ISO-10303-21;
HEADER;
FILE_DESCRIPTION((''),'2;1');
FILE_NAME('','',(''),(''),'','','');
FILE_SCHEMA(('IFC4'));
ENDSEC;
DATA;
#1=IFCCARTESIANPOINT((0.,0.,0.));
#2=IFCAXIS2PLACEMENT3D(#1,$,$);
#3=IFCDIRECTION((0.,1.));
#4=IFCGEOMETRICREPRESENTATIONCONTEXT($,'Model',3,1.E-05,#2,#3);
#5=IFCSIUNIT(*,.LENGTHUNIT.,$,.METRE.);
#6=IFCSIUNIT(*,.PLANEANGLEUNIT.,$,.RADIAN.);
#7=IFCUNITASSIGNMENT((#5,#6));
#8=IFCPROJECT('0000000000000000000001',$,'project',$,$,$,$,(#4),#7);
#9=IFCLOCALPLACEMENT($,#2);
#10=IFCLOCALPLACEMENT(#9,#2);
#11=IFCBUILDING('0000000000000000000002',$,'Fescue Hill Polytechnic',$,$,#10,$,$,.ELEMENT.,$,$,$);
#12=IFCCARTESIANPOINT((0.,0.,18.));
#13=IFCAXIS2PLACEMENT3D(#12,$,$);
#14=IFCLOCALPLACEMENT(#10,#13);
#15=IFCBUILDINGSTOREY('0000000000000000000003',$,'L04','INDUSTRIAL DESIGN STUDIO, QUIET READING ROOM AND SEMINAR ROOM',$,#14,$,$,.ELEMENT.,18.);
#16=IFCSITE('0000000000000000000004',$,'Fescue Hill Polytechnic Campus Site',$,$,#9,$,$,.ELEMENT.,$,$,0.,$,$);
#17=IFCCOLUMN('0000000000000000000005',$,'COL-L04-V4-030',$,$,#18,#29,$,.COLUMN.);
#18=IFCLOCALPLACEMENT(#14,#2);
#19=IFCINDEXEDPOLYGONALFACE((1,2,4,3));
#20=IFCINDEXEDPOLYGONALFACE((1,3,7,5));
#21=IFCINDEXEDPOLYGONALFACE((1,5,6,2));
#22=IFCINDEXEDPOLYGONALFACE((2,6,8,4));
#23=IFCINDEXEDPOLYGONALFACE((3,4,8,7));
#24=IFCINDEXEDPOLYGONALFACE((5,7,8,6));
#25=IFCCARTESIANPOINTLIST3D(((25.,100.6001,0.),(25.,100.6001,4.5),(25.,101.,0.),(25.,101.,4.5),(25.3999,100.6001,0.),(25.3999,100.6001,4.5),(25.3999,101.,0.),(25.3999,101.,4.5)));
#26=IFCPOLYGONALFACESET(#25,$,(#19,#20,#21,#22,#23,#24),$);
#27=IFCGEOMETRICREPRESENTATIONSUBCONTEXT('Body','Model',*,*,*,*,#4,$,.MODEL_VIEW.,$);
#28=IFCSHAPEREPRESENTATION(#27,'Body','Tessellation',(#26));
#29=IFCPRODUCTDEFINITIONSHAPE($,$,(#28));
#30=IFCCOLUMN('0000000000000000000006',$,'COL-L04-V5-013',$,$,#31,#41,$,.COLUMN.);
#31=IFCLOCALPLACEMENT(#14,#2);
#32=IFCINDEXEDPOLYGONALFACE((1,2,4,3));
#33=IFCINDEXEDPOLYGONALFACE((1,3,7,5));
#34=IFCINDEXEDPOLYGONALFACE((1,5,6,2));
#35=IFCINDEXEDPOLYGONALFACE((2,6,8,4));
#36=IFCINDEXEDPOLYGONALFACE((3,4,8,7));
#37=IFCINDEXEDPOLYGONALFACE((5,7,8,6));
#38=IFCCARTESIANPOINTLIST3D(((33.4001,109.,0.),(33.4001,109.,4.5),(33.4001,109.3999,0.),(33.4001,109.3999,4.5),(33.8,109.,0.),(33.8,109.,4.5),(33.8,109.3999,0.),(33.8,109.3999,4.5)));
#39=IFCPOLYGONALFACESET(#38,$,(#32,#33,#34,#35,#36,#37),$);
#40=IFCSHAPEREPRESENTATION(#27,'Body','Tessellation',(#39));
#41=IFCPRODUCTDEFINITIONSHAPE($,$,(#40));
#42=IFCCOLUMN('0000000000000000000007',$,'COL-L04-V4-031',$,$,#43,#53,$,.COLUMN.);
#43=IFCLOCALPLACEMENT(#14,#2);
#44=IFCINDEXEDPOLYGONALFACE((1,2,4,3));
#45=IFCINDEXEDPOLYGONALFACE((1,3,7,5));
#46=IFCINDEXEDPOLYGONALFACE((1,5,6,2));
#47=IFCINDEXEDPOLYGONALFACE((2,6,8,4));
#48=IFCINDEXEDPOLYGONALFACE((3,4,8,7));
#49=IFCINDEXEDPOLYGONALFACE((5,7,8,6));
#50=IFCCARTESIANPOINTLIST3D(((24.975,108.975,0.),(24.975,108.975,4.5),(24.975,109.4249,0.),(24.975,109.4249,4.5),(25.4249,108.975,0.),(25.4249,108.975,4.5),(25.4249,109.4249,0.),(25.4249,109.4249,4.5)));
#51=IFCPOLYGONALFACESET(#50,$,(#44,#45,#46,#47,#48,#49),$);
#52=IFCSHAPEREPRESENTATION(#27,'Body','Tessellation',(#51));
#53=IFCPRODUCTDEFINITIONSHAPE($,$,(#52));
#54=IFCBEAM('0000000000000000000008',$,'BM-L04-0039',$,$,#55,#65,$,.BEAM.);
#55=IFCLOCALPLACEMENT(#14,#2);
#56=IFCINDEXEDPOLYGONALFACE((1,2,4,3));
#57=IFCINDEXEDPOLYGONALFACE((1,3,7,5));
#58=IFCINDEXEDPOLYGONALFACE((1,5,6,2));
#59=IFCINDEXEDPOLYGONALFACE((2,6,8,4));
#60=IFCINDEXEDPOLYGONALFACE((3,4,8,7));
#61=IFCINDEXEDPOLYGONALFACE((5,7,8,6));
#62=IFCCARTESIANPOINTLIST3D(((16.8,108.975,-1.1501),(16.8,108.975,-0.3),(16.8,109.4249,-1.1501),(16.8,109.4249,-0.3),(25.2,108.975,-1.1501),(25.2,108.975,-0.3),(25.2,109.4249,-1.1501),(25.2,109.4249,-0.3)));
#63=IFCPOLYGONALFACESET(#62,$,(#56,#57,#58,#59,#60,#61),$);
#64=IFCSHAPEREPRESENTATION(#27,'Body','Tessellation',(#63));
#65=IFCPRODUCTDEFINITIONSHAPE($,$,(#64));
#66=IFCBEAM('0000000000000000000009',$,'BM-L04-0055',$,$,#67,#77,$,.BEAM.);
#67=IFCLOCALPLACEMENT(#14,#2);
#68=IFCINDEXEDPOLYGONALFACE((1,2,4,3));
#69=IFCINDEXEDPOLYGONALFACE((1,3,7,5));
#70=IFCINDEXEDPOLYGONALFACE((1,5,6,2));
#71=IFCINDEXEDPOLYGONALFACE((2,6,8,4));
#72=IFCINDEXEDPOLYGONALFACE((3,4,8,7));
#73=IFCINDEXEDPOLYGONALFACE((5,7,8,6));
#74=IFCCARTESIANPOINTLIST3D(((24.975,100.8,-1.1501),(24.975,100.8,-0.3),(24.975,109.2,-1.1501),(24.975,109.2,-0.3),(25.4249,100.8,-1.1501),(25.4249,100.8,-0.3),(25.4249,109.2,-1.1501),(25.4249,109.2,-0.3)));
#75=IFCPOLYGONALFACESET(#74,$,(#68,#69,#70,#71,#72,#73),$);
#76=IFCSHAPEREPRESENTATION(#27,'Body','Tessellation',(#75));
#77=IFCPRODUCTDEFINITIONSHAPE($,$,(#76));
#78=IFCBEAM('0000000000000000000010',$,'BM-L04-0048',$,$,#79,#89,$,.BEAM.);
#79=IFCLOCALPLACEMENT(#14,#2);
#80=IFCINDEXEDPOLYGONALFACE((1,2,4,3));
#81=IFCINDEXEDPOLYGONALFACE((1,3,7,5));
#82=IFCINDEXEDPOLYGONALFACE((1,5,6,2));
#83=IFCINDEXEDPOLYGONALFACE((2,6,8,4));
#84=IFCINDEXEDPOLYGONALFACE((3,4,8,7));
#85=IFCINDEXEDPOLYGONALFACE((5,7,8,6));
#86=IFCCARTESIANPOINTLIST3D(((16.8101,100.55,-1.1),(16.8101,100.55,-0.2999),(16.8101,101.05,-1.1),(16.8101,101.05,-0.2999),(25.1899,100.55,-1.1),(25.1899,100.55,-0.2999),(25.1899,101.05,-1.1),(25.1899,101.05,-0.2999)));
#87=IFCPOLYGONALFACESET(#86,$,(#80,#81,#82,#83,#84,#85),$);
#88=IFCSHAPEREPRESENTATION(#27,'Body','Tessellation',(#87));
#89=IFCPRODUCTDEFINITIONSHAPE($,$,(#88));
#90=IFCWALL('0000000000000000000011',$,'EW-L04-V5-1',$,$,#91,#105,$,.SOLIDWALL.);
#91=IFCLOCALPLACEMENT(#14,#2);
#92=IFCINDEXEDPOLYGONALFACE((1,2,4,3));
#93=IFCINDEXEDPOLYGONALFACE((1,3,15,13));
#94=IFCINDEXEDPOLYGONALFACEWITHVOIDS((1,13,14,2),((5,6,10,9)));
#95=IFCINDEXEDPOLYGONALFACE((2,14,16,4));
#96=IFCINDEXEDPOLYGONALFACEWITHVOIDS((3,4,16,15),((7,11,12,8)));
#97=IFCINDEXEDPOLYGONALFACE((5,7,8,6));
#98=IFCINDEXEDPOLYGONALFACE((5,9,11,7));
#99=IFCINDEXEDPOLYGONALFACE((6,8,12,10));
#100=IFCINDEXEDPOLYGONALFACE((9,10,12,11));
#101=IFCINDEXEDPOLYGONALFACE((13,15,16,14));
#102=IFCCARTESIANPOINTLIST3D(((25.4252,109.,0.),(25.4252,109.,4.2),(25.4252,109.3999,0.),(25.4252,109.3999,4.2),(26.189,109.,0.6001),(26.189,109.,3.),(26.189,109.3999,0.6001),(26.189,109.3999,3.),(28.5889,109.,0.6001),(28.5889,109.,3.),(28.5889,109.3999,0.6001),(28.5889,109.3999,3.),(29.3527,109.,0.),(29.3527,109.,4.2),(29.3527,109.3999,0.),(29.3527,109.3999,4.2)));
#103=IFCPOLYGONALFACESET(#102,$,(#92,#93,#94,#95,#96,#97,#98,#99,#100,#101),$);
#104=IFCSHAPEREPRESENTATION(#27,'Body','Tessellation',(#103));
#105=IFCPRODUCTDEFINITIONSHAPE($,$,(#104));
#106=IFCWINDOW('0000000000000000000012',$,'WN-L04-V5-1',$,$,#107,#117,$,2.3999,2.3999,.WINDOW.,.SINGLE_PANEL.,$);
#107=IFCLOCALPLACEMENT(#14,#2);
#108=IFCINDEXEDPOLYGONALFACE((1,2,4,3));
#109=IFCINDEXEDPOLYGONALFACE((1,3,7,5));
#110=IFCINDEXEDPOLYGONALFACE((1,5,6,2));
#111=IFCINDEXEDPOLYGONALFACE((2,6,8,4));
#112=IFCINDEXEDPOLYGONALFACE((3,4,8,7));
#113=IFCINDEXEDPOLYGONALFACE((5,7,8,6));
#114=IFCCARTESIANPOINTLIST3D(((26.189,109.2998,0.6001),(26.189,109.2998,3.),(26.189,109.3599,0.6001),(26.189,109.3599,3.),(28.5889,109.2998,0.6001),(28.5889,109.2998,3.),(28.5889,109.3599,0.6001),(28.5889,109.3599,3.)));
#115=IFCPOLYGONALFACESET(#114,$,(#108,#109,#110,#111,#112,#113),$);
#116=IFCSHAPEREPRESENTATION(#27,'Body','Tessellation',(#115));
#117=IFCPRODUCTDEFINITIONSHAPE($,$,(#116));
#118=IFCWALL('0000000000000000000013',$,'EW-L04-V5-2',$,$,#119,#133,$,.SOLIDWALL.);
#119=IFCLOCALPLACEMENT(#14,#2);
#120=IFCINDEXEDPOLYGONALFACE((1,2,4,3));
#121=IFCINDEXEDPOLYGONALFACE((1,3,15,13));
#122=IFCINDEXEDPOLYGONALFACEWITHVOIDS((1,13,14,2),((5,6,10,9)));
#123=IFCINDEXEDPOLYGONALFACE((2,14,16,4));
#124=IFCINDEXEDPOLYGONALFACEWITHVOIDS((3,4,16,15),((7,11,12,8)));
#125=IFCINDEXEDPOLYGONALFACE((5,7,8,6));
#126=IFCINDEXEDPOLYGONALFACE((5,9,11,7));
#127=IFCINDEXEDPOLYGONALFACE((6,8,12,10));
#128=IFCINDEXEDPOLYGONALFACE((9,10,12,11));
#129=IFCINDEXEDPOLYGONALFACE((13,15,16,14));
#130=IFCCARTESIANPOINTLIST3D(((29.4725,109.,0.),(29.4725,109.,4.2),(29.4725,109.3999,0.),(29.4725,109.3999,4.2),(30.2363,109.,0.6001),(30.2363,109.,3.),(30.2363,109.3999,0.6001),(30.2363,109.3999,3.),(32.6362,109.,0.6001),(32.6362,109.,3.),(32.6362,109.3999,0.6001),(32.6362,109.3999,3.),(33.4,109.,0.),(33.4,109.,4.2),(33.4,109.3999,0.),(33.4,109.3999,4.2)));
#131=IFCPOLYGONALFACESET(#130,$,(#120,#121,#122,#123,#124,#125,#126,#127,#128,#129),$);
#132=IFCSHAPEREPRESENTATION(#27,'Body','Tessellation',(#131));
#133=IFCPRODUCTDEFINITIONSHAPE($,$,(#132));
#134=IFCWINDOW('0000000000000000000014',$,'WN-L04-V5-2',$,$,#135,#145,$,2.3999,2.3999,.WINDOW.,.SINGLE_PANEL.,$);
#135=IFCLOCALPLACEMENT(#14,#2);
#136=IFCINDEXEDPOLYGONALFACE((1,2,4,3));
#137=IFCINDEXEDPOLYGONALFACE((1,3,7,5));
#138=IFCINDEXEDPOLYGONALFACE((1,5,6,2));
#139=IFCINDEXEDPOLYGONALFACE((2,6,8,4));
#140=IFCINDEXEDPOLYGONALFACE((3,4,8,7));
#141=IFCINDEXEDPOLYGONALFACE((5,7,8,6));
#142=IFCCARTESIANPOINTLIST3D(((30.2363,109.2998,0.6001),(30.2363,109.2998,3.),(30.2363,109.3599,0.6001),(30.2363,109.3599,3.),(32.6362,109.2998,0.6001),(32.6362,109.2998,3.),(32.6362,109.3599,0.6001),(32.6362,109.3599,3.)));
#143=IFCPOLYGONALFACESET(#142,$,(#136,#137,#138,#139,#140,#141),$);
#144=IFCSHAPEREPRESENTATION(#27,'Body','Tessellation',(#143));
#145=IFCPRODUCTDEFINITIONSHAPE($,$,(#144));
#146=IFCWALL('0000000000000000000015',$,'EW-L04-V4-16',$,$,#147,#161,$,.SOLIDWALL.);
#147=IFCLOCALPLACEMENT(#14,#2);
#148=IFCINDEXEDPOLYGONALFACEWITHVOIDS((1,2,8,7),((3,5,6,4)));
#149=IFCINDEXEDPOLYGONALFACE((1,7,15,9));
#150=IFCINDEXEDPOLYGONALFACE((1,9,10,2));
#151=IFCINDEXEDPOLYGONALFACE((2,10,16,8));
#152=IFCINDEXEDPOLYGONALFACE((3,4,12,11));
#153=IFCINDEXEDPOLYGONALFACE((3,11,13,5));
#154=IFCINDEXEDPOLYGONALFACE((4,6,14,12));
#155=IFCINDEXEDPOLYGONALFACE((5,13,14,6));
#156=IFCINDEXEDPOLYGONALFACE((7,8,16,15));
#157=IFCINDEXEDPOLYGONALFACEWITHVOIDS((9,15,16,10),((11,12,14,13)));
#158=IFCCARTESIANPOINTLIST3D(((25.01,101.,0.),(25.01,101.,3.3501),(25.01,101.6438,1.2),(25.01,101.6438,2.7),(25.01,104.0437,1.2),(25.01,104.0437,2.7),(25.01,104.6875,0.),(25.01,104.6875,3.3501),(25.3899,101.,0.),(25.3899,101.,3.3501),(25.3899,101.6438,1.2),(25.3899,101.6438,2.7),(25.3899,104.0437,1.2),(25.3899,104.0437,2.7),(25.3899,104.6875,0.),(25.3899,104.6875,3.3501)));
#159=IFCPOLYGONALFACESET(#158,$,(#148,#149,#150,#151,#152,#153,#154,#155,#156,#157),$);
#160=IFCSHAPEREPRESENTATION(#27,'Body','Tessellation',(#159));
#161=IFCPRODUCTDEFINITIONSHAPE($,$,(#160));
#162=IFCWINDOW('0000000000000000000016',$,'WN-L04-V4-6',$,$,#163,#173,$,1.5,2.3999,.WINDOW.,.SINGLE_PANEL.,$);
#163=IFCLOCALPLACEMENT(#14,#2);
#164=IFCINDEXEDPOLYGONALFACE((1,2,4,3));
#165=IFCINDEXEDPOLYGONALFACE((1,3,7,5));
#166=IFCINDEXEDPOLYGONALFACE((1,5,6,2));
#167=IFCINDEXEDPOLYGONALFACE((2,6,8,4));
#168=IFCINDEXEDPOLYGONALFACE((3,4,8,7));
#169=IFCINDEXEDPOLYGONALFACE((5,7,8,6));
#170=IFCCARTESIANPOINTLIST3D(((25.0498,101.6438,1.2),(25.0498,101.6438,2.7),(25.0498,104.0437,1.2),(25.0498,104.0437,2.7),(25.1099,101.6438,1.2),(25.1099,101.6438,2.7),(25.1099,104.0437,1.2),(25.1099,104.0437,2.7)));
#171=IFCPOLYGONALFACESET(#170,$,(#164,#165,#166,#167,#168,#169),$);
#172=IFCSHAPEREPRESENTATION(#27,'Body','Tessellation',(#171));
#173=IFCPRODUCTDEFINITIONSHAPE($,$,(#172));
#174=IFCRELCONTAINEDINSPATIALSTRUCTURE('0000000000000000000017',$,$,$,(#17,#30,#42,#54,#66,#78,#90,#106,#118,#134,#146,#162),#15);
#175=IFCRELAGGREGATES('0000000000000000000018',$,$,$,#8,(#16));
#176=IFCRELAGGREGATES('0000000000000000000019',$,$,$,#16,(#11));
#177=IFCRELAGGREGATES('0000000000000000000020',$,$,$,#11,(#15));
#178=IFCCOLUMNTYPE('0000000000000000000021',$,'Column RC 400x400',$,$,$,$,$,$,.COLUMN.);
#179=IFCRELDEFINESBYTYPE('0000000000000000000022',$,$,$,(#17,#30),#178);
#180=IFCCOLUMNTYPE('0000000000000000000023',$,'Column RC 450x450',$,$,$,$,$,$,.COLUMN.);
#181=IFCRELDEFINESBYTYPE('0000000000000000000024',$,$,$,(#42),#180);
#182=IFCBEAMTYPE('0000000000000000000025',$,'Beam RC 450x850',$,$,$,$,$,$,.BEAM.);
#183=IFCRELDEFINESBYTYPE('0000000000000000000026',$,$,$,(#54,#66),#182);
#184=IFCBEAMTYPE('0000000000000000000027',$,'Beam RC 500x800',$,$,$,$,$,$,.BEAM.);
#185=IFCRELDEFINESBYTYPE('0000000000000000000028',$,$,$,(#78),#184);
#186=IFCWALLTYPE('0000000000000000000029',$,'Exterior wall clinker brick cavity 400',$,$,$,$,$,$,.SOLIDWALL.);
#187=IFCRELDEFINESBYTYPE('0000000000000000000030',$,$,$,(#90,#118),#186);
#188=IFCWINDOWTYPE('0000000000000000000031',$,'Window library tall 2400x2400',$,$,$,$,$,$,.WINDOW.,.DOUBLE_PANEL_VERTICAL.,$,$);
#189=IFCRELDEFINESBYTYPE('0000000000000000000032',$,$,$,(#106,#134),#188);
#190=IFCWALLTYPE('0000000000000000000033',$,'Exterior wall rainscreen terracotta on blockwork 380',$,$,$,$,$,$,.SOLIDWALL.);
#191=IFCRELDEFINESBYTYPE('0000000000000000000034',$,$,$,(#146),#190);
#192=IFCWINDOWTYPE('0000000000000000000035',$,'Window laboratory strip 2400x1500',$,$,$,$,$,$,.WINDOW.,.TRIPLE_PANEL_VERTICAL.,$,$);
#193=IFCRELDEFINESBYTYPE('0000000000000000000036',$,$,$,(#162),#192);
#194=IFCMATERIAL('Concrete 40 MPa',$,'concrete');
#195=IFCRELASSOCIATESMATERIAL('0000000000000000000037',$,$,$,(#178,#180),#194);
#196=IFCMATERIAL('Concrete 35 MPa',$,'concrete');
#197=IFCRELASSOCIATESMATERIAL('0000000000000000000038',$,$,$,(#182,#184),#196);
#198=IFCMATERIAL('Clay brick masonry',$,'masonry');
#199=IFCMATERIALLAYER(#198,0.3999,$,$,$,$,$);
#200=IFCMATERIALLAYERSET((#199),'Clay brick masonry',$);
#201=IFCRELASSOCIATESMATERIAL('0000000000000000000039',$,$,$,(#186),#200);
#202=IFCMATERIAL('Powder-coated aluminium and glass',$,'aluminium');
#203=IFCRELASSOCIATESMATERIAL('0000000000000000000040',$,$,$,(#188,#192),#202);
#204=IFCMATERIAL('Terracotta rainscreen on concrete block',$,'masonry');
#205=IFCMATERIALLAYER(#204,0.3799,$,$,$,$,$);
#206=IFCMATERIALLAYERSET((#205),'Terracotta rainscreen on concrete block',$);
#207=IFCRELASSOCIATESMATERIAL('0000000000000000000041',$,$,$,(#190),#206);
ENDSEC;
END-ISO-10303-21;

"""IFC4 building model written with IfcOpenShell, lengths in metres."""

from ifc_helpers import new_model, si_unit, direction, frame, frame_2d, origin, origin_2d, place, context, subcontext, project, spatial, rectangle, extrude, material, layer, layer_set, material_profile, profile_set, type_object, element, fill, save


model = new_model("IFC4")

# Units and contexts
model_context = context("Model", 3, precision=1e-05, world=origin(), true_north=direction((0.0, 1.0)))
body_context = subcontext(model_context, "Body", "Model", "MODEL_VIEW")
ifc_project = project(units=[si_unit("LENGTHUNIT", "METRE"), si_unit("PLANEANGLEUNIT", "RADIAN")], contexts=[model_context])

# Site, building, storey
site_placement = place(None, origin())
site = spatial("IfcSite", under=ifc_project, at=site_placement, Name="Fescue Hill Polytechnic Campus Site", CompositionType="ELEMENT", RefElevation=0.0)
building_placement = place(site_placement, origin())
building = spatial("IfcBuilding", under=site, at=building_placement, Name="Fescue Hill Polytechnic", CompositionType="ELEMENT")
storey_placement = place(building_placement, frame((0.0, 0.0, 18.0)))
storey = spatial("IfcBuildingStorey", under=building, at=storey_placement, Name="L04", Description="INDUSTRIAL DESIGN STUDIO, QUIET READING ROOM AND SEMINAR ROOM", CompositionType="ELEMENT", Elevation=18.0)

# Columns
ifc_material_1 = material(Name="Concrete 40 MPa", Category="concrete")
ifc_material_profile_1 = material_profile(ifc_material_1, rectangle(XDim=0.3999, YDim=0.3999, at=origin_2d()), Name="RC 400x400")
ifc_profile_set_1 = profile_set([ifc_material_profile_1], Name="Concrete 40 MPa")
column_type_1 = type_object("IfcColumnType", Name="Column RC 400x400", PredefinedType="COLUMN", material=ifc_profile_set_1)
for number, where, z_axis, x_axis, name in (
    (1, (25.2, 100.8, 0.0), (0.0, 0.0, 1.0), (1.0, 0.0, 0.0), "COL-L04-V4-030"),
    (2, (33.6001, 109.2, 0.0), (0.0, 0.0, 1.0), (1.0, 0.0, 0.0), "COL-L04-V5-013"),
):
    element("IfcColumn", number, at=place(storey_placement, frame(where, z_axis=z_axis, x_axis=x_axis)), inside=storey, type_object=column_type_1, Name=name, PredefinedType="COLUMN", context=body_context, shape_type="SweptSolid", body=[
        extrude(rectangle(XDim=0.3999, YDim=0.3999, at=origin_2d()), origin(), (0.0, 0.0, 1.0), 4.5),
    ])
ifc_material_profile_2 = material_profile(ifc_material_1, rectangle(XDim=0.45, YDim=0.45, at=origin_2d()), Name="RC 450x450")
ifc_profile_set_2 = profile_set([ifc_material_profile_2], Name="Concrete 40 MPa")
column_type_2 = type_object("IfcColumnType", Name="Column RC 450x450", PredefinedType="COLUMN", material=ifc_profile_set_2)
column_placement = place(storey_placement, frame((25.2, 109.2, 0.0), z_axis=(0.0, 0.0, 1.0), x_axis=(1.0, 0.0, 0.0)))
element("IfcColumn", 3, at=column_placement, inside=storey, type_object=column_type_2, Name="COL-L04-V4-031", PredefinedType="COLUMN", context=body_context, shape_type="SweptSolid", body=[
    extrude(rectangle(XDim=0.45, YDim=0.45, at=origin_2d()), origin(), (0.0, 0.0, 1.0), 4.5),
])

# Beams
ifc_material_2 = material(Name="Concrete 35 MPa", Category="concrete")
ifc_material_profile_3 = material_profile(ifc_material_2, rectangle(XDim=0.45, YDim=0.8501, at=origin_2d()), Name="RC 450x850")
ifc_profile_set_3 = profile_set([ifc_material_profile_3], Name="Concrete 35 MPa")
beam_type_1 = type_object("IfcBeamType", Name="Beam RC 450x850", PredefinedType="BEAM", material=ifc_profile_set_3)
for number, where, z_axis, x_axis, name in (
    (4, (16.8, 109.2, -0.7251), (1.0, 0.0, 0.0), (0.0, 1.0, 0.0), "BM-L04-0039"),
    (5, (25.2, 100.8, -0.7251), (0.0, 1.0, 0.0), (-1.0, 0.0, 0.0), "BM-L04-0055"),
):
    element("IfcBeam", number, at=place(storey_placement, frame(where, z_axis=z_axis, x_axis=x_axis)), inside=storey, type_object=beam_type_1, Name=name, PredefinedType="BEAM", context=body_context, shape_type="SweptSolid", body=[
        extrude(rectangle(XDim=0.45, YDim=0.8501, at=origin_2d()), origin(), (0.0, 0.0, 1.0), 8.3999),
    ])
ifc_material_profile_4 = material_profile(ifc_material_2, rectangle(XDim=0.5, YDim=0.8, at=origin_2d()), Name="RC 500x800")
ifc_profile_set_4 = profile_set([ifc_material_profile_4], Name="Concrete 35 MPa")
beam_type_2 = type_object("IfcBeamType", Name="Beam RC 500x800", PredefinedType="BEAM", material=ifc_profile_set_4)
beam_placement = place(storey_placement, frame((16.8101, 100.8, -0.7), z_axis=(1.0, 0.0, 0.0), x_axis=(0.0, 1.0, 0.0)))
element("IfcBeam", 6, at=beam_placement, inside=storey, type_object=beam_type_2, Name="BM-L04-0048", PredefinedType="BEAM", context=body_context, shape_type="SweptSolid", body=[
    extrude(rectangle(XDim=0.5, YDim=0.8, at=origin_2d()), origin(), (0.0, 0.0, 1.0), 8.3799),
])

# Walls, openings, windows
ifc_material_3 = material(Name="Clay brick masonry", Category="masonry")
ifc_layer_1 = layer(ifc_material_3, 0.3999)
ifc_layer_set_1 = layer_set([ifc_layer_1], Name="Clay brick masonry")
wall_type_1 = type_object("IfcWallType", Name="Exterior wall clinker brick cavity 400", PredefinedType="SOLIDWALL", material=ifc_layer_set_1)
wall_1_placement = place(storey_placement, frame((25.425, 109.2, 0.0), z_axis=(0.0, 0.0, 1.0), x_axis=(1.0, 0.0, 0.0)))
wall_1 = element("IfcWall", 7, at=wall_1_placement, inside=storey, type_object=wall_type_1, Name="EW-L04-V5-1", PredefinedType="SOLIDWALL", context=body_context, shape_type="SweptSolid", body=[
    extrude(rectangle(XDim=3.9275, YDim=0.3999, at=frame_2d((1.9639, 0.0))), origin(), (0.0, 0.0, 1.0), 4.2),
])
opening_1_placement = place(wall_1_placement, frame((0.7639, 0.0, 0.6001)))
opening_1 = element("IfcOpeningElement", 8, at=opening_1_placement, cuts=wall_1, PredefinedType="OPENING", context=body_context, shape_type="SweptSolid", body=[
    extrude(rectangle(XDim=2.3999, YDim=2.3999, at=frame_2d((1.2, 1.2))), frame((0.0, 0.21, 0.0), z_axis=(0.0, -1.0, 0.0), x_axis=(1.0, 0.0, 0.0)), (0.0, 0.0, 1.0), 0.4199),
])
ifc_material_4 = material(Name="Powder-coated aluminium and glass", Category="aluminium")
window_type_1 = type_object("IfcWindowType", Name="Window library tall 2400x2400", PartitioningType="DOUBLE_PANEL_VERTICAL", PredefinedType="WINDOW", material=ifc_material_4)
window_1_placement = place(opening_1_placement, origin())
window_1 = element("IfcWindow", 9, at=window_1_placement, inside=storey, type_object=window_type_1, Name="WN-L04-V5-1", OverallHeight=2.3999, OverallWidth=2.3999, PartitioningType="SINGLE_PANEL", PredefinedType="WINDOW", context=body_context, shape_type="SweptSolid", body=[
    extrude(rectangle(XDim=2.3999, YDim=2.3999, at=frame_2d((1.2, 1.2))), frame((0.0, 0.1599, 0.0), z_axis=(0.0, -1.0, 0.0), x_axis=(1.0, 0.0, 0.0)), (0.0, 0.0, 1.0), 0.0601),
])
fill(opening_1, window_1)
wall_2_placement = place(storey_placement, frame((29.4724, 109.2, 0.0), z_axis=(0.0, 0.0, 1.0), x_axis=(1.0, 0.0, 0.0)))
wall_2 = element("IfcWall", 10, at=wall_2_placement, inside=storey, type_object=wall_type_1, Name="EW-L04-V5-2", PredefinedType="SOLIDWALL", context=body_context, shape_type="SweptSolid", body=[
    extrude(rectangle(XDim=3.9275, YDim=0.3999, at=frame_2d((1.9639, 0.0))), origin(), (0.0, 0.0, 1.0), 4.2),
])
opening_2_placement = place(wall_2_placement, frame((0.7639, 0.0, 0.6001)))
opening_2 = element("IfcOpeningElement", 11, at=opening_2_placement, cuts=wall_2, PredefinedType="OPENING", context=body_context, shape_type="SweptSolid", body=[
    extrude(rectangle(XDim=2.3999, YDim=2.3999, at=frame_2d((1.2, 1.2))), frame((0.0, 0.21, 0.0), z_axis=(0.0, -1.0, 0.0), x_axis=(1.0, 0.0, 0.0)), (0.0, 0.0, 1.0), 0.4199),
])
window_2_placement = place(opening_2_placement, origin())
window_2 = element("IfcWindow", 12, at=window_2_placement, inside=storey, type_object=window_type_1, Name="WN-L04-V5-2", OverallHeight=2.3999, OverallWidth=2.3999, PartitioningType="SINGLE_PANEL", PredefinedType="WINDOW", context=body_context, shape_type="SweptSolid", body=[
    extrude(rectangle(XDim=2.3999, YDim=2.3999, at=frame_2d((1.2, 1.2))), frame((0.0, 0.1599, 0.0), z_axis=(0.0, -1.0, 0.0), x_axis=(1.0, 0.0, 0.0)), (0.0, 0.0, 1.0), 0.0601),
])
fill(opening_2, window_2)
ifc_material_5 = material(Name="Terracotta rainscreen on concrete block", Category="masonry")
ifc_layer_2 = layer(ifc_material_5, 0.3799)
ifc_layer_set_2 = layer_set([ifc_layer_2], Name="Terracotta rainscreen on concrete block")
wall_type_2 = type_object("IfcWallType", Name="Exterior wall rainscreen terracotta on blockwork 380", PredefinedType="SOLIDWALL", material=ifc_layer_set_2)
wall_3_placement = place(storey_placement, frame((25.2, 101.0, 0.0), z_axis=(0.0, 0.0, 1.0), x_axis=(0.0, 1.0, 0.0)))
wall_3 = element("IfcWall", 13, at=wall_3_placement, inside=storey, type_object=wall_type_2, Name="EW-L04-V4-16", PredefinedType="SOLIDWALL", context=body_context, shape_type="SweptSolid", body=[
    extrude(rectangle(XDim=3.6875, YDim=0.3799, at=frame_2d((1.8438, 0.0))), origin(), (0.0, 0.0, 1.0), 3.3501),
])
opening_3_placement = place(wall_3_placement, frame((0.6438, 0.0, 1.2)))
opening_3 = element("IfcOpeningElement", 14, at=opening_3_placement, cuts=wall_3, PredefinedType="OPENING", context=body_context, shape_type="SweptSolid", body=[
    extrude(rectangle(XDim=2.3999, YDim=1.5, at=frame_2d((1.2, 0.75))), frame((0.0, 0.2, 0.0), z_axis=(0.0, -1.0, 0.0), x_axis=(1.0, 0.0, 0.0)), (0.0, 0.0, 1.0), 0.3999),
])
window_type_2 = type_object("IfcWindowType", Name="Window laboratory strip 2400x1500", PartitioningType="TRIPLE_PANEL_VERTICAL", PredefinedType="WINDOW", material=ifc_material_4)
window_3_placement = place(opening_3_placement, origin())
window_3 = element("IfcWindow", 15, at=window_3_placement, inside=storey, type_object=window_type_2, Name="WN-L04-V4-6", OverallHeight=1.5, OverallWidth=2.3999, PartitioningType="SINGLE_PANEL", PredefinedType="WINDOW", context=body_context, shape_type="SweptSolid", body=[
    extrude(rectangle(XDim=2.3999, YDim=1.5, at=frame_2d((1.2, 0.75))), frame((0.0, 0.1501, 0.0), z_axis=(0.0, -1.0, 0.0), x_axis=(1.0, 0.0, 0.0)), (0.0, 0.0, 1.0), 0.0601),
])
fill(opening_3, window_3)

save(model, "model.ifc")
